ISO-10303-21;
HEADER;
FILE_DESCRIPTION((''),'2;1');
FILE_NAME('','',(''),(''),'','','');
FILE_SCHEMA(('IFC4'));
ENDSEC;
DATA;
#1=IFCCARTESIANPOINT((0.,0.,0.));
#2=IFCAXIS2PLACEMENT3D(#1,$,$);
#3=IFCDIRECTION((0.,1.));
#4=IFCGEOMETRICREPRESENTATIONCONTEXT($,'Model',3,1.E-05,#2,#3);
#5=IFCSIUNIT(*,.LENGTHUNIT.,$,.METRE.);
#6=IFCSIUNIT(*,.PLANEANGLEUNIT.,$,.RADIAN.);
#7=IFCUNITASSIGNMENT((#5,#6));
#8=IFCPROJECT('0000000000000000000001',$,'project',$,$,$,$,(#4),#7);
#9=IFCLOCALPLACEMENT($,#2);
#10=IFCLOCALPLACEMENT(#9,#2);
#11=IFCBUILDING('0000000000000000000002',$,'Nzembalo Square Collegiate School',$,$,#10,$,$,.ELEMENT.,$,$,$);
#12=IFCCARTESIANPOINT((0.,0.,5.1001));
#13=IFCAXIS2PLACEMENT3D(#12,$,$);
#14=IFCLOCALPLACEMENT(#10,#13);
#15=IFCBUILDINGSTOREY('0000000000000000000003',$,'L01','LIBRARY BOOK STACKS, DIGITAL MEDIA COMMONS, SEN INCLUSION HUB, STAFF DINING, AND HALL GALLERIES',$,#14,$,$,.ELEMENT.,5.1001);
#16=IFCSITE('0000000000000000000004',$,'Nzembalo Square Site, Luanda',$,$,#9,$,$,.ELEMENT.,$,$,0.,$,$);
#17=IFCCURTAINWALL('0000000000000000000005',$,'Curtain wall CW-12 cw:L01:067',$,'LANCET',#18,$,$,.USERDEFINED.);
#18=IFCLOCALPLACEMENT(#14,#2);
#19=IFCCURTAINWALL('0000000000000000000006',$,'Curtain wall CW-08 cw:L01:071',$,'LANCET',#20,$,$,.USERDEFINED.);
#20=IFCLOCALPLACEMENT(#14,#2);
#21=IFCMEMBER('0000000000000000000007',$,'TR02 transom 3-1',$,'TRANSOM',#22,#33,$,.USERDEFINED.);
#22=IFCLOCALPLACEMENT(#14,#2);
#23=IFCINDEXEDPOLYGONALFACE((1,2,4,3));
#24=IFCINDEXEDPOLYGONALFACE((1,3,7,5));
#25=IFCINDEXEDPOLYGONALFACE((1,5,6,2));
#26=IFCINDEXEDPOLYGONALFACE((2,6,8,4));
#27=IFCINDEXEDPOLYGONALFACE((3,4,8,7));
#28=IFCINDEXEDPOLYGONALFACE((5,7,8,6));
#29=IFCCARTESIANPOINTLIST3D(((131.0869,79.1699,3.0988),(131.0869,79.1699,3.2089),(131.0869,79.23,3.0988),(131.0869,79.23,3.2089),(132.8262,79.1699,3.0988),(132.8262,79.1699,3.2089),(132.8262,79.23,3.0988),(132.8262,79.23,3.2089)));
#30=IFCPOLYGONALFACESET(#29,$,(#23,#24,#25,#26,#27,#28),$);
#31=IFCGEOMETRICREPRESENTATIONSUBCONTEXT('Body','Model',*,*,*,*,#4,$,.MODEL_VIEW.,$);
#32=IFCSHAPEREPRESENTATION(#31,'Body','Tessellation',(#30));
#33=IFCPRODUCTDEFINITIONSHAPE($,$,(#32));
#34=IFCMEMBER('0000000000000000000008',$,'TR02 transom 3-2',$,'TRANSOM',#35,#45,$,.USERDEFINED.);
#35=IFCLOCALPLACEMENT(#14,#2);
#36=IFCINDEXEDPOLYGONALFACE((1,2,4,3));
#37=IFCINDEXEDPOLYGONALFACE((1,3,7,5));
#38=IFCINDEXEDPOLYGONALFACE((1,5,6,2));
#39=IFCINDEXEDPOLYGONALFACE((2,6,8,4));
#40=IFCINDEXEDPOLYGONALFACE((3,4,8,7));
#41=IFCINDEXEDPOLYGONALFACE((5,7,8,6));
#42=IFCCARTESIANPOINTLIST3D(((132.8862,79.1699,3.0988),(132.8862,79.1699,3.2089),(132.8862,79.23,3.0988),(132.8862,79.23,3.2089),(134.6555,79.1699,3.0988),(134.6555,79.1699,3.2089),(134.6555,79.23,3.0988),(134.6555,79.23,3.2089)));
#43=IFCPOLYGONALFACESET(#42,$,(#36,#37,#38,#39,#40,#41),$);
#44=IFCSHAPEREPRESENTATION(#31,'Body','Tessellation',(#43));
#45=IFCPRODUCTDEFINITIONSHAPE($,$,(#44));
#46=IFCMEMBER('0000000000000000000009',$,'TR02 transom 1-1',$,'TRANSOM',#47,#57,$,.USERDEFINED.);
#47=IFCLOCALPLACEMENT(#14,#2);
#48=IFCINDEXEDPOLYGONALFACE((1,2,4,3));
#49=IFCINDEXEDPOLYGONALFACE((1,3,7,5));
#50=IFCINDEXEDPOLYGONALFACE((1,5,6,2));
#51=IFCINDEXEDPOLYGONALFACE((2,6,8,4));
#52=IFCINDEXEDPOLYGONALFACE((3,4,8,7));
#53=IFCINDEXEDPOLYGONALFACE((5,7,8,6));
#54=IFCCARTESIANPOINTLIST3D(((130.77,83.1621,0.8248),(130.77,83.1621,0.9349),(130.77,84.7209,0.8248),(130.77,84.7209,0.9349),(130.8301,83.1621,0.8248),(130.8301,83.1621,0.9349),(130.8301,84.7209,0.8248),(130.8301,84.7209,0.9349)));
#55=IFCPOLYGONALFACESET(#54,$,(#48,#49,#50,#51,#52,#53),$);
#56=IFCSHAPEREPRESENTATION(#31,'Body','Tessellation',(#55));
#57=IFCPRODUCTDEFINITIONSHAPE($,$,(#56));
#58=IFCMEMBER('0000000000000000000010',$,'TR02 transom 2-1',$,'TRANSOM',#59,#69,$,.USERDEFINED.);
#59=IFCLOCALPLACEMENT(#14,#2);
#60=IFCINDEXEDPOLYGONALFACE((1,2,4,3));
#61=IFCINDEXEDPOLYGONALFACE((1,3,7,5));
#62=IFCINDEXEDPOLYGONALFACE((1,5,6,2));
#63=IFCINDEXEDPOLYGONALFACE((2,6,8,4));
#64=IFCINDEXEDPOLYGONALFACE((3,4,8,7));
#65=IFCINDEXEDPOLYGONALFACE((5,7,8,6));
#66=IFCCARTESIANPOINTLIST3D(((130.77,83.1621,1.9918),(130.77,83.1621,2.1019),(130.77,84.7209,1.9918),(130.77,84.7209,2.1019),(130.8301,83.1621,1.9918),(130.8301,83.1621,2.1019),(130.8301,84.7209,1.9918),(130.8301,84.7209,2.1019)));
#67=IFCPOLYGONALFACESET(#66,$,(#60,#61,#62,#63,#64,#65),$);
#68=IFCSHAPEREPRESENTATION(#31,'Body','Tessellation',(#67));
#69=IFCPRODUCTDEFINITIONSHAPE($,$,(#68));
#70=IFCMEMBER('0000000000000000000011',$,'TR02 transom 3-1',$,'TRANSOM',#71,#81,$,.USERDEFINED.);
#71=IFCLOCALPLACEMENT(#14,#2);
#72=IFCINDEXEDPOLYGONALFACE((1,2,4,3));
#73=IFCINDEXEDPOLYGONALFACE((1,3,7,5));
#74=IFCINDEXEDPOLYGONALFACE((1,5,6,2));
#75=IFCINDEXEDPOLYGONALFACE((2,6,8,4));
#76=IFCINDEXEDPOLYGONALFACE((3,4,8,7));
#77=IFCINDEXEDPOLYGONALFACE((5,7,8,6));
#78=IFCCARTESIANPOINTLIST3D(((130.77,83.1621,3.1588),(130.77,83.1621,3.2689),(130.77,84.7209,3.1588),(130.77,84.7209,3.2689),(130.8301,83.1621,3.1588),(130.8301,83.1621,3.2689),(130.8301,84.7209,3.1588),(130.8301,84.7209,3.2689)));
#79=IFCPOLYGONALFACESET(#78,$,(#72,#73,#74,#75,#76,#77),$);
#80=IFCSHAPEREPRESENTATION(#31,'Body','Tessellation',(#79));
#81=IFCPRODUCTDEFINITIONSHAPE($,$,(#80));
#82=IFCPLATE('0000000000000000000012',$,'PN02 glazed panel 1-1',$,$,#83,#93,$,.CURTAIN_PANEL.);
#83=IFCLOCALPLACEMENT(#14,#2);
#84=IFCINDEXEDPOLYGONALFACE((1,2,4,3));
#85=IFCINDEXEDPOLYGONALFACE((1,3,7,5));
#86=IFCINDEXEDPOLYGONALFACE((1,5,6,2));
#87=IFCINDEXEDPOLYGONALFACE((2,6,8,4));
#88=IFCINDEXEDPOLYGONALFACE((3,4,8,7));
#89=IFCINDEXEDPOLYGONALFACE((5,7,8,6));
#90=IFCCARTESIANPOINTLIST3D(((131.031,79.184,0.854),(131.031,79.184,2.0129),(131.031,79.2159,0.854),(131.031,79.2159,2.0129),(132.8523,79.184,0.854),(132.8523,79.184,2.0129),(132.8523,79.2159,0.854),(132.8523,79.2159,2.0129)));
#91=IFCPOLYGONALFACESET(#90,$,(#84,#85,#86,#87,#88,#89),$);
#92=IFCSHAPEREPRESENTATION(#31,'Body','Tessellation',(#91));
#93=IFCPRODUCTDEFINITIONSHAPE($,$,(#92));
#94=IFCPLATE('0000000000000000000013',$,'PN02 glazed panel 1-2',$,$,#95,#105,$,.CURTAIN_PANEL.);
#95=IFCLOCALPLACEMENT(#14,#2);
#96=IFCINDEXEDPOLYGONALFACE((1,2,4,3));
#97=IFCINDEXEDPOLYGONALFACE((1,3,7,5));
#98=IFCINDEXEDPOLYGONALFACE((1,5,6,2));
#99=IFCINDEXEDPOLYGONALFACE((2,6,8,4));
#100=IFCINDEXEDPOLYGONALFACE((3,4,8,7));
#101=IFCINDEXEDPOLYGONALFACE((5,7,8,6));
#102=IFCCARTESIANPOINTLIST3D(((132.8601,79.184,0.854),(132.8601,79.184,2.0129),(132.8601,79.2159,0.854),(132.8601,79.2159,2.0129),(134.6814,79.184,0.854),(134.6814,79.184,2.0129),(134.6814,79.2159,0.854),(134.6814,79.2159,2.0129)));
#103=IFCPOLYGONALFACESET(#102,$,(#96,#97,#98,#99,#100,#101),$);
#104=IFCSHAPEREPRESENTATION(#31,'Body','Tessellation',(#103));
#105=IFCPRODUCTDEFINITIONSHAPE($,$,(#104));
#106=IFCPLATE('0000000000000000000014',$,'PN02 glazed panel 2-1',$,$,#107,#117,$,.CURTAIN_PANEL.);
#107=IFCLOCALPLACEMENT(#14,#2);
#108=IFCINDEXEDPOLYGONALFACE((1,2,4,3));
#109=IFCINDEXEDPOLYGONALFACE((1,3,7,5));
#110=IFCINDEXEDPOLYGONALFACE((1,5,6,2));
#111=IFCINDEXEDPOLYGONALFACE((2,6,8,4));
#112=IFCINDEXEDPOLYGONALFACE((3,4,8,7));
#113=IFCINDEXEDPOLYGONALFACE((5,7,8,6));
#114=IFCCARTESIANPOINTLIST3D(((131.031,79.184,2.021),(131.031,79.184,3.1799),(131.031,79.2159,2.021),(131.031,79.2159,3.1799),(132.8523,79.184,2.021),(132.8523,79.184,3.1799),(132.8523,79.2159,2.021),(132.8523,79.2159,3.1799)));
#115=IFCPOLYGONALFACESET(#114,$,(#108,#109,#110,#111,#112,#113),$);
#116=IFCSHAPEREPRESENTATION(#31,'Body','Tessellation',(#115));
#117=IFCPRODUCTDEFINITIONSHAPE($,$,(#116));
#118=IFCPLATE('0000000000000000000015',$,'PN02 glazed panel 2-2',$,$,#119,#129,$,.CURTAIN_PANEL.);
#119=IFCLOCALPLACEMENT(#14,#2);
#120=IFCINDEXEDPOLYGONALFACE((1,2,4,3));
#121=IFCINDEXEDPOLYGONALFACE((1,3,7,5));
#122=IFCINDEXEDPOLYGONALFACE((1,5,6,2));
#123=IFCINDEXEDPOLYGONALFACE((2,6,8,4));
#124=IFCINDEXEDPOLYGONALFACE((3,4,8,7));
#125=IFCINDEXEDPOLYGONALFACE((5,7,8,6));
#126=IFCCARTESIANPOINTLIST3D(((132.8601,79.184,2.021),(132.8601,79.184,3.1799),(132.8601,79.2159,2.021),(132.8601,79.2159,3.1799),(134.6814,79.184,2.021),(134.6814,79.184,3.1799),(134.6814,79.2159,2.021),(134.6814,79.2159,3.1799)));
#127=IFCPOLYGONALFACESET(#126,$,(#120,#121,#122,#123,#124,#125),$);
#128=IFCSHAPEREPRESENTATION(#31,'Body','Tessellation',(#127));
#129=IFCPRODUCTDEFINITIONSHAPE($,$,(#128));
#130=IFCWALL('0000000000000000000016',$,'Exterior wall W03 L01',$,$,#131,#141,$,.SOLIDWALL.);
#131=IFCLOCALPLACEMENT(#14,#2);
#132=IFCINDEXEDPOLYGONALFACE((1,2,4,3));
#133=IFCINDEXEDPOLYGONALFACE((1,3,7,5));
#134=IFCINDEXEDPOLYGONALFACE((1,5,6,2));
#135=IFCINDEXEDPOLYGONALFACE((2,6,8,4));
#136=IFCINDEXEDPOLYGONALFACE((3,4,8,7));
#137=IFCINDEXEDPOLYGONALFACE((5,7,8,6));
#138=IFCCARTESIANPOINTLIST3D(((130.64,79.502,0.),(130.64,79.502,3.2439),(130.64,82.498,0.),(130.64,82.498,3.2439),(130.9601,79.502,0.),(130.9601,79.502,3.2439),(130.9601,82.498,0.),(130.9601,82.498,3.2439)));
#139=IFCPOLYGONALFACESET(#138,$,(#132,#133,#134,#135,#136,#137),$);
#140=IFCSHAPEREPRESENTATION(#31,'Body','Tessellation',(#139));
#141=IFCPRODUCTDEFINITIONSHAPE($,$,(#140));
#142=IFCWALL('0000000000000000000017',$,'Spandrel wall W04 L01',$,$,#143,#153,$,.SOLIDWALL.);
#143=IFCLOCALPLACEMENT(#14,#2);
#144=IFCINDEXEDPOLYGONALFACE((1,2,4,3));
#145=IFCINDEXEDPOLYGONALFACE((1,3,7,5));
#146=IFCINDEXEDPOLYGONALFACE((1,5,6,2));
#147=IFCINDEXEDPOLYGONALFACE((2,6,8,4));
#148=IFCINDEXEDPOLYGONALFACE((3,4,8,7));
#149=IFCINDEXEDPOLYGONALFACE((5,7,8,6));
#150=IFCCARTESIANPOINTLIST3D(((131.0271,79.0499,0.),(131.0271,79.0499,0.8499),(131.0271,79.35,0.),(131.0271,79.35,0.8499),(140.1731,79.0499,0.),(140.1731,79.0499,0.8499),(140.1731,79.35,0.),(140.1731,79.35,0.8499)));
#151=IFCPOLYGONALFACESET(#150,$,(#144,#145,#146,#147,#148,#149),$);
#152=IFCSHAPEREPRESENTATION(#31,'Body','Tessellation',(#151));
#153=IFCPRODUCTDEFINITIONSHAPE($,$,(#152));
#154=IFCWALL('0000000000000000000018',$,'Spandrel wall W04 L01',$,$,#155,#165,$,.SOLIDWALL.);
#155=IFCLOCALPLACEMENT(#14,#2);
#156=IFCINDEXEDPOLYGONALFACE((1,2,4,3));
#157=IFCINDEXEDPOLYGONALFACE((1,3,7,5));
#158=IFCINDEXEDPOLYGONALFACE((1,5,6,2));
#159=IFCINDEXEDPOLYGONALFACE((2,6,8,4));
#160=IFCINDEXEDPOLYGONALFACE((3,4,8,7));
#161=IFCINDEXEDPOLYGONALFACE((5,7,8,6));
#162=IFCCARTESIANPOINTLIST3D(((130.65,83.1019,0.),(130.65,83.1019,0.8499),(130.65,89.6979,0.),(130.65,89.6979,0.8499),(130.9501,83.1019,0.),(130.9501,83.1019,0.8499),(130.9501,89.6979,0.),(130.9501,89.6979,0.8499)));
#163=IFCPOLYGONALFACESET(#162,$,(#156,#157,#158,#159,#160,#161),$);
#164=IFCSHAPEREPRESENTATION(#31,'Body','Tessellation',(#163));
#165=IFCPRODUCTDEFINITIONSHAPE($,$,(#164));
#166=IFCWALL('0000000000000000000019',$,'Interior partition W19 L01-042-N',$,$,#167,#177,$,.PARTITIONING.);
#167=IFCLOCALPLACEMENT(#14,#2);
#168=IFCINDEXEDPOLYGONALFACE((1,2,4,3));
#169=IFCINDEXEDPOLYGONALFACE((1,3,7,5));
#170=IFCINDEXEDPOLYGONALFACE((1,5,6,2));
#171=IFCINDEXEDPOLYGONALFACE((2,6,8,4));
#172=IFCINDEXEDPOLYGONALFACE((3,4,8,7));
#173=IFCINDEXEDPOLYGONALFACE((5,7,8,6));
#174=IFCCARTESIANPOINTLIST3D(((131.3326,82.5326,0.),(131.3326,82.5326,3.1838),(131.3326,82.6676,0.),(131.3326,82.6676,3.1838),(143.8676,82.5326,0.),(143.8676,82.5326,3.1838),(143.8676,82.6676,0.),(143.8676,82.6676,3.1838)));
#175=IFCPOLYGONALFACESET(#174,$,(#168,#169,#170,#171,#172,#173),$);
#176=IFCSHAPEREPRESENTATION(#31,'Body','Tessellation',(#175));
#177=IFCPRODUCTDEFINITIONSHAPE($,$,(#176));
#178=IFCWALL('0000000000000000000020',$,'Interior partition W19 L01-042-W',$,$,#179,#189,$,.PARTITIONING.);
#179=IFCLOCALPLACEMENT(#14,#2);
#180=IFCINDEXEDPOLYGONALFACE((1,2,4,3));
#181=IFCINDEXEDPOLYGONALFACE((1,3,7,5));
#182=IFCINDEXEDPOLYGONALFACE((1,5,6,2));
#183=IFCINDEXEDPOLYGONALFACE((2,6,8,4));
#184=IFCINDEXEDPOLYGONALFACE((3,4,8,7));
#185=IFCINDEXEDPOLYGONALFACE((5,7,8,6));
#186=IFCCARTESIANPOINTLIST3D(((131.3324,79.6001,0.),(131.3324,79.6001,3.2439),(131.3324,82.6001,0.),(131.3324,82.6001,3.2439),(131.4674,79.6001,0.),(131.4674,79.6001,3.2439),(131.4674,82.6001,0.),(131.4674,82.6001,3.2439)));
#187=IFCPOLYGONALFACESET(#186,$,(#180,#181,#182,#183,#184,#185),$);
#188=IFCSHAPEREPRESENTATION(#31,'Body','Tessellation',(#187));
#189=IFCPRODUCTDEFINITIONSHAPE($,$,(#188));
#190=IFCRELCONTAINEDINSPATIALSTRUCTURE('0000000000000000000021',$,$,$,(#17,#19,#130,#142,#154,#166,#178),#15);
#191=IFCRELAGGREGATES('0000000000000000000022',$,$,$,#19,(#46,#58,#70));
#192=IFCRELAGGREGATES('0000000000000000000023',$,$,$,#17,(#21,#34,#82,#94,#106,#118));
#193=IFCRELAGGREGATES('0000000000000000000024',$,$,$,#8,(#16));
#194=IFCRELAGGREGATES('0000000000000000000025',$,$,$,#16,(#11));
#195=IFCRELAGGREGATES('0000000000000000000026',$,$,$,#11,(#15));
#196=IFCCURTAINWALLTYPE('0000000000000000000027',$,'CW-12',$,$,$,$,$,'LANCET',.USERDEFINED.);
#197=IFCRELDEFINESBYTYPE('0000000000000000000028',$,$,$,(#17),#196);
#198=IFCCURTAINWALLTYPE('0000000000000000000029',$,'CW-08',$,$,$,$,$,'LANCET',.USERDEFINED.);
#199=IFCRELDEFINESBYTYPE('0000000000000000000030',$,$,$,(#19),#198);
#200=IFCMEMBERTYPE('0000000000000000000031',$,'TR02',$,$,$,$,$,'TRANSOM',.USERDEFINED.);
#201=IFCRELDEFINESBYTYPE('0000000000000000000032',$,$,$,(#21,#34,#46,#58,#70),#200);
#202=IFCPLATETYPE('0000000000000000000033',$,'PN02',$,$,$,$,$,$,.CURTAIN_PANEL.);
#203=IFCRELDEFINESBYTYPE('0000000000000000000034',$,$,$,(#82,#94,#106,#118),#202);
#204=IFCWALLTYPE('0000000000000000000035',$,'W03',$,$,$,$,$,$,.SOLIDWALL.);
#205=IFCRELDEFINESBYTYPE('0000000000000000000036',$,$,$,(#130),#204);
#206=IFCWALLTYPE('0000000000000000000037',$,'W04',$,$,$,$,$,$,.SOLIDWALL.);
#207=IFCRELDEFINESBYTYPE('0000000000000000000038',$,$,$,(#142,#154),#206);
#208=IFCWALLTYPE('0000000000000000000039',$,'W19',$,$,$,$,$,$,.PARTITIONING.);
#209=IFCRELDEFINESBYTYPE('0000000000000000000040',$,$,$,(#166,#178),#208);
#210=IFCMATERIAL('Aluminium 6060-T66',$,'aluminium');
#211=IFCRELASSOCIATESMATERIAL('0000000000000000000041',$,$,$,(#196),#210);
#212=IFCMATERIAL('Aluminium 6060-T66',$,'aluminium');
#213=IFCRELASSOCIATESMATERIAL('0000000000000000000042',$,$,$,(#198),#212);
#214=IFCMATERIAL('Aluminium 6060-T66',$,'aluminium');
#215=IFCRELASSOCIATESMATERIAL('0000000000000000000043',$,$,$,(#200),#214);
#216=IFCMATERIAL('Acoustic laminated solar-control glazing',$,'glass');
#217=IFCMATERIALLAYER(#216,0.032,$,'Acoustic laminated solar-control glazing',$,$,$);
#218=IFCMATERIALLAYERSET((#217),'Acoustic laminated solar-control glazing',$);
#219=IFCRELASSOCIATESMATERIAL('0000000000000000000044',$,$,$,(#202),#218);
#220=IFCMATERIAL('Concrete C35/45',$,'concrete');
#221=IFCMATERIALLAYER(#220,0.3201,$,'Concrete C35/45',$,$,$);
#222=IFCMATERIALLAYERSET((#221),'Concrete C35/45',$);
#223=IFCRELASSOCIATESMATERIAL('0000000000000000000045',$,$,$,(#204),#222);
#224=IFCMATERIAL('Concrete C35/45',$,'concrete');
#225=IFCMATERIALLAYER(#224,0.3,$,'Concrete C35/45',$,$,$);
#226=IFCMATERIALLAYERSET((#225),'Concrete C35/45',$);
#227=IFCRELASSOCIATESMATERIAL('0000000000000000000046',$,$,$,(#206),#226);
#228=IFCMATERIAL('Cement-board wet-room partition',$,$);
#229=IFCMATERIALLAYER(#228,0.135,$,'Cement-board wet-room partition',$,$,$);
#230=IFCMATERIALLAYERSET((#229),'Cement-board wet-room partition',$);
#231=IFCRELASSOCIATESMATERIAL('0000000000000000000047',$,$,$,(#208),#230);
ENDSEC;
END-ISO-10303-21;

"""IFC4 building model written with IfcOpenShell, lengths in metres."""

from ifc_helpers import new_model, si_unit, direction, frame, frame_2d, origin, origin_2d, place, context, subcontext, project, spatial, rectangle, extrude, material, layer, layer_set, material_profile, profile_set, type_object, element, aggregate, save


model = new_model("IFC4")

# Units and contexts
model_context = context("Model", 3, precision=1e-05, world=origin(), true_north=direction((0.0, 1.0)))
body_context = subcontext(model_context, "Body", "Model", "MODEL_VIEW")
ifc_project = project(units=[si_unit("LENGTHUNIT", "METRE"), si_unit("PLANEANGLEUNIT", "RADIAN")], contexts=[model_context])

# Site, building, storey
site_placement = place(None, origin())
site = spatial("IfcSite", under=ifc_project, at=site_placement, Name="Nzembalo Square Site, Luanda", CompositionType="ELEMENT", RefElevation=0.0)
building_placement = place(site_placement, origin())
building = spatial("IfcBuilding", under=site, at=building_placement, Name="Nzembalo Square Collegiate School", CompositionType="ELEMENT")
storey_placement = place(building_placement, frame((0.0, 0.0, 5.1001)))
storey = spatial("IfcBuildingStorey", under=building, at=storey_placement, Name="L01", Description="LIBRARY BOOK STACKS, DIGITAL MEDIA COMMONS, SEN INCLUSION HUB, STAFF DINING, AND HALL GALLERIES", CompositionType="ELEMENT", Elevation=5.1001)

# Curtain wall
ifc_material_1 = material(Name="Aluminium 6060-T66", Category="aluminium")
curtain_wall_type_1 = type_object("IfcCurtainWallType", Name="CW-12", ElementType="LANCET", PredefinedType="USERDEFINED", material=ifc_material_1)
curtain_wall_1_placement = place(storey_placement, origin())
curtain_wall_1 = element("IfcCurtainWall", 1, at=curtain_wall_1_placement, inside=storey, type_object=curtain_wall_type_1, Name="Curtain wall CW-12 cw:L01:067", ObjectType="LANCET", PredefinedType="USERDEFINED")

# Curtain wall
ifc_material_2 = material(Name="Aluminium 6060-T66", Category="aluminium")
curtain_wall_type_2 = type_object("IfcCurtainWallType", Name="CW-08", ElementType="LANCET", PredefinedType="USERDEFINED", material=ifc_material_2)
curtain_wall_2_placement = place(storey_placement, origin())
curtain_wall_2 = element("IfcCurtainWall", 2, at=curtain_wall_2_placement, inside=storey, type_object=curtain_wall_type_2, Name="Curtain wall CW-08 cw:L01:071", ObjectType="LANCET", PredefinedType="USERDEFINED")

# Members
ifc_material_3 = material(Name="Aluminium 6060-T66", Category="aluminium")
ifc_material_profile_1 = material_profile(ifc_material_3, rectangle(XDim=0.0601, YDim=0.1101, at=origin_2d()), Name="ALU T60x110")
ifc_profile_set_1 = profile_set([ifc_material_profile_1], Name="Aluminium 6060-T66")
member_type_1 = type_object("IfcMemberType", Name="TR02", ElementType="TRANSOM", PredefinedType="USERDEFINED", material=ifc_profile_set_1)
member_1_placement = place(storey_placement, frame((131.0869, 79.2, 3.1538), z_axis=(1.0, 0.0, 0.0), x_axis=(0.0, 1.0, 0.0)))
member_1 = element("IfcMember", 3, at=member_1_placement, type_object=member_type_1, Name="TR02 transom 3-1", ObjectType="TRANSOM", PredefinedType="USERDEFINED", context=body_context, shape_type="SweptSolid", body=[
    extrude(rectangle(XDim=0.0601, YDim=0.1101, at=origin_2d()), origin(), (0.0, 0.0, 1.0), 1.7393),
])
member_2_placement = place(storey_placement, frame((132.8862, 79.2, 3.1538), z_axis=(1.0, 0.0, 0.0), x_axis=(0.0, 1.0, 0.0)))
member_2 = element("IfcMember", 4, at=member_2_placement, type_object=member_type_1, Name="TR02 transom 3-2", ObjectType="TRANSOM", PredefinedType="USERDEFINED", context=body_context, shape_type="SweptSolid", body=[
    extrude(rectangle(XDim=0.0601, YDim=0.1101, at=origin_2d()), origin(), (0.0, 0.0, 1.0), 1.7693),
])
member_3_placement = place(storey_placement, frame((130.8, 83.1621, 0.8799), z_axis=(0.0, 1.0, 0.0), x_axis=(-1.0, 0.0, 0.0)))
member_3 = element("IfcMember", 5, at=member_3_placement, type_object=member_type_1, Name="TR02 transom 1-1", ObjectType="TRANSOM", PredefinedType="USERDEFINED", context=body_context, shape_type="SweptSolid", body=[
    extrude(rectangle(XDim=0.0601, YDim=0.1101, at=origin_2d()), origin(), (0.0, 0.0, 1.0), 1.5588),
])
member_4_placement = place(storey_placement, frame((130.8, 83.1621, 2.0469), z_axis=(0.0, 1.0, 0.0), x_axis=(-1.0, 0.0, 0.0)))
member_4 = element("IfcMember", 6, at=member_4_placement, type_object=member_type_1, Name="TR02 transom 2-1", ObjectType="TRANSOM", PredefinedType="USERDEFINED", context=body_context, shape_type="SweptSolid", body=[
    extrude(rectangle(XDim=0.0601, YDim=0.1101, at=origin_2d()), origin(), (0.0, 0.0, 1.0), 1.5588),
])
member_5_placement = place(storey_placement, frame((130.8, 83.1621, 3.2139), z_axis=(0.0, 1.0, 0.0), x_axis=(-1.0, 0.0, 0.0)))
member_5 = element("IfcMember", 7, at=member_5_placement, type_object=member_type_1, Name="TR02 transom 3-1", ObjectType="TRANSOM", PredefinedType="USERDEFINED", context=body_context, shape_type="SweptSolid", body=[
    extrude(rectangle(XDim=0.0601, YDim=0.1101, at=origin_2d()), origin(), (0.0, 0.0, 1.0), 1.5588),
])
aggregate(curtain_wall_2, [member_3, member_4, member_5])

# Plates
ifc_material_4 = material(Name="Acoustic laminated solar-control glazing", Category="glass")
ifc_layer_1 = layer(ifc_material_4, 0.032, Name="Acoustic laminated solar-control glazing")
ifc_layer_set_1 = layer_set([ifc_layer_1], Name="Acoustic laminated solar-control glazing")
plate_type = type_object("IfcPlateType", Name="PN02", PredefinedType="CURTAIN_PANEL", material=ifc_layer_set_1)
plate_1_placement = place(storey_placement, frame((131.9417, 79.2, 0.854), z_axis=(0.0, 0.0, 1.0), x_axis=(1.0, 0.0, 0.0)))
plate_1 = element("IfcPlate", 8, at=plate_1_placement, type_object=plate_type, Name="PN02 glazed panel 1-1", PredefinedType="CURTAIN_PANEL", context=body_context, shape_type="SweptSolid", body=[
    extrude(rectangle(XDim=1.8213, YDim=0.032, at=origin_2d()), origin(), (0.0, 0.0, 1.0), 1.1589),
])
plate_2_placement = place(storey_placement, frame((133.7708, 79.2, 0.854), z_axis=(0.0, 0.0, 1.0), x_axis=(1.0, 0.0, 0.0)))
plate_2 = element("IfcPlate", 9, at=plate_2_placement, type_object=plate_type, Name="PN02 glazed panel 1-2", PredefinedType="CURTAIN_PANEL", context=body_context, shape_type="SweptSolid", body=[
    extrude(rectangle(XDim=1.8213, YDim=0.032, at=origin_2d()), origin(), (0.0, 0.0, 1.0), 1.1589),
])
plate_3_placement = place(storey_placement, frame((131.9417, 79.2, 2.021), z_axis=(0.0, 0.0, 1.0), x_axis=(1.0, 0.0, 0.0)))
plate_3 = element("IfcPlate", 10, at=plate_3_placement, type_object=plate_type, Name="PN02 glazed panel 2-1", PredefinedType="CURTAIN_PANEL", context=body_context, shape_type="SweptSolid", body=[
    extrude(rectangle(XDim=1.8213, YDim=0.032, at=origin_2d()), origin(), (0.0, 0.0, 1.0), 1.1589),
])
plate_4_placement = place(storey_placement, frame((133.7708, 79.2, 2.021), z_axis=(0.0, 0.0, 1.0), x_axis=(1.0, 0.0, 0.0)))
plate_4 = element("IfcPlate", 11, at=plate_4_placement, type_object=plate_type, Name="PN02 glazed panel 2-2", PredefinedType="CURTAIN_PANEL", context=body_context, shape_type="SweptSolid", body=[
    extrude(rectangle(XDim=1.8213, YDim=0.032, at=origin_2d()), origin(), (0.0, 0.0, 1.0), 1.1589),
])
aggregate(curtain_wall_1, [member_1, member_2, plate_1, plate_2, plate_3, plate_4])

# Walls
ifc_material_5 = material(Name="Concrete C35/45", Category="concrete")
ifc_layer_2 = layer(ifc_material_5, 0.3201, Name="Concrete C35/45")
ifc_layer_set_2 = layer_set([ifc_layer_2], Name="Concrete C35/45")
wall_type_1 = type_object("IfcWallType", Name="W03", PredefinedType="SOLIDWALL", material=ifc_layer_set_2)
wall_1_placement = place(storey_placement, frame((130.8, 79.502, 0.0), z_axis=(0.0, 0.0, 1.0), x_axis=(0.0, 1.0, 0.0)))
element("IfcWall", 12, at=wall_1_placement, inside=storey, type_object=wall_type_1, Name="Exterior wall W03 L01", PredefinedType="SOLIDWALL", context=body_context, shape_type="SweptSolid", body=[
    extrude(rectangle(XDim=2.9961, YDim=0.3201, at=frame_2d((1.498, 0.0))), origin(), (0.0, 0.0, 1.0), 3.2439),
])
ifc_material_6 = material(Name="Concrete C35/45", Category="concrete")
ifc_layer_3 = layer(ifc_material_6, 0.3, Name="Concrete C35/45")
ifc_layer_set_3 = layer_set([ifc_layer_3], Name="Concrete C35/45")
wall_type_2 = type_object("IfcWallType", Name="W04", PredefinedType="SOLIDWALL", material=ifc_layer_set_3)
wall_2_placement = place(storey_placement, frame((131.0271, 79.2, 0.0), z_axis=(0.0, 0.0, 1.0), x_axis=(1.0, 0.0, 0.0)))
element("IfcWall", 13, at=wall_2_placement, inside=storey, type_object=wall_type_2, Name="Spandrel wall W04 L01", PredefinedType="SOLIDWALL", context=body_context, shape_type="SweptSolid", body=[
    extrude(rectangle(XDim=9.146, YDim=0.3, at=frame_2d((4.573, 0.0))), origin(), (0.0, 0.0, 1.0), 0.8499),
])
wall_3_placement = place(storey_placement, frame((130.8, 83.1021, 0.0), z_axis=(0.0, 0.0, 1.0), x_axis=(0.0, 1.0, 0.0)))
element("IfcWall", 14, at=wall_3_placement, inside=storey, type_object=wall_type_2, Name="Spandrel wall W04 L01", PredefinedType="SOLIDWALL", context=body_context, shape_type="SweptSolid", body=[
    extrude(rectangle(XDim=6.5959, YDim=0.3, at=frame_2d((3.2979, 0.0))), origin(), (0.0, 0.0, 1.0), 0.8499),
])
ifc_material_7 = material(Name="Cement-board wet-room partition")
ifc_layer_4 = layer(ifc_material_7, 0.135, Name="Cement-board wet-room partition")
ifc_layer_set_4 = layer_set([ifc_layer_4], Name="Cement-board wet-room partition")
wall_type_3 = type_object("IfcWallType", Name="W19", PredefinedType="PARTITIONING", material=ifc_layer_set_4)
wall_4_placement = place(storey_placement, frame((131.3325, 82.6001, 0.0), z_axis=(0.0, 0.0, 1.0), x_axis=(1.0, 0.0, 0.0)))
element("IfcWall", 15, at=wall_4_placement, inside=storey, type_object=wall_type_3, Name="Interior partition W19 L01-042-N", PredefinedType="PARTITIONING", context=body_context, shape_type="SweptSolid", body=[
    extrude(rectangle(XDim=12.5349, YDim=0.135, at=frame_2d((6.2676, 0.0))), origin(), (0.0, 0.0, 1.0), 3.1838),
])
wall_5_placement = place(storey_placement, frame((131.3999, 79.6001, 0.0), z_axis=(0.0, 0.0, 1.0), x_axis=(0.0, 1.0, 0.0)))
element("IfcWall", 16, at=wall_5_placement, inside=storey, type_object=wall_type_3, Name="Interior partition W19 L01-042-W", PredefinedType="PARTITIONING", context=body_context, shape_type="SweptSolid", body=[
    extrude(rectangle(XDim=3.0, YDim=0.135, at=frame_2d((1.5, 0.0))), origin(), (0.0, 0.0, 1.0), 3.2439),
])

save(model, "model.ifc")
